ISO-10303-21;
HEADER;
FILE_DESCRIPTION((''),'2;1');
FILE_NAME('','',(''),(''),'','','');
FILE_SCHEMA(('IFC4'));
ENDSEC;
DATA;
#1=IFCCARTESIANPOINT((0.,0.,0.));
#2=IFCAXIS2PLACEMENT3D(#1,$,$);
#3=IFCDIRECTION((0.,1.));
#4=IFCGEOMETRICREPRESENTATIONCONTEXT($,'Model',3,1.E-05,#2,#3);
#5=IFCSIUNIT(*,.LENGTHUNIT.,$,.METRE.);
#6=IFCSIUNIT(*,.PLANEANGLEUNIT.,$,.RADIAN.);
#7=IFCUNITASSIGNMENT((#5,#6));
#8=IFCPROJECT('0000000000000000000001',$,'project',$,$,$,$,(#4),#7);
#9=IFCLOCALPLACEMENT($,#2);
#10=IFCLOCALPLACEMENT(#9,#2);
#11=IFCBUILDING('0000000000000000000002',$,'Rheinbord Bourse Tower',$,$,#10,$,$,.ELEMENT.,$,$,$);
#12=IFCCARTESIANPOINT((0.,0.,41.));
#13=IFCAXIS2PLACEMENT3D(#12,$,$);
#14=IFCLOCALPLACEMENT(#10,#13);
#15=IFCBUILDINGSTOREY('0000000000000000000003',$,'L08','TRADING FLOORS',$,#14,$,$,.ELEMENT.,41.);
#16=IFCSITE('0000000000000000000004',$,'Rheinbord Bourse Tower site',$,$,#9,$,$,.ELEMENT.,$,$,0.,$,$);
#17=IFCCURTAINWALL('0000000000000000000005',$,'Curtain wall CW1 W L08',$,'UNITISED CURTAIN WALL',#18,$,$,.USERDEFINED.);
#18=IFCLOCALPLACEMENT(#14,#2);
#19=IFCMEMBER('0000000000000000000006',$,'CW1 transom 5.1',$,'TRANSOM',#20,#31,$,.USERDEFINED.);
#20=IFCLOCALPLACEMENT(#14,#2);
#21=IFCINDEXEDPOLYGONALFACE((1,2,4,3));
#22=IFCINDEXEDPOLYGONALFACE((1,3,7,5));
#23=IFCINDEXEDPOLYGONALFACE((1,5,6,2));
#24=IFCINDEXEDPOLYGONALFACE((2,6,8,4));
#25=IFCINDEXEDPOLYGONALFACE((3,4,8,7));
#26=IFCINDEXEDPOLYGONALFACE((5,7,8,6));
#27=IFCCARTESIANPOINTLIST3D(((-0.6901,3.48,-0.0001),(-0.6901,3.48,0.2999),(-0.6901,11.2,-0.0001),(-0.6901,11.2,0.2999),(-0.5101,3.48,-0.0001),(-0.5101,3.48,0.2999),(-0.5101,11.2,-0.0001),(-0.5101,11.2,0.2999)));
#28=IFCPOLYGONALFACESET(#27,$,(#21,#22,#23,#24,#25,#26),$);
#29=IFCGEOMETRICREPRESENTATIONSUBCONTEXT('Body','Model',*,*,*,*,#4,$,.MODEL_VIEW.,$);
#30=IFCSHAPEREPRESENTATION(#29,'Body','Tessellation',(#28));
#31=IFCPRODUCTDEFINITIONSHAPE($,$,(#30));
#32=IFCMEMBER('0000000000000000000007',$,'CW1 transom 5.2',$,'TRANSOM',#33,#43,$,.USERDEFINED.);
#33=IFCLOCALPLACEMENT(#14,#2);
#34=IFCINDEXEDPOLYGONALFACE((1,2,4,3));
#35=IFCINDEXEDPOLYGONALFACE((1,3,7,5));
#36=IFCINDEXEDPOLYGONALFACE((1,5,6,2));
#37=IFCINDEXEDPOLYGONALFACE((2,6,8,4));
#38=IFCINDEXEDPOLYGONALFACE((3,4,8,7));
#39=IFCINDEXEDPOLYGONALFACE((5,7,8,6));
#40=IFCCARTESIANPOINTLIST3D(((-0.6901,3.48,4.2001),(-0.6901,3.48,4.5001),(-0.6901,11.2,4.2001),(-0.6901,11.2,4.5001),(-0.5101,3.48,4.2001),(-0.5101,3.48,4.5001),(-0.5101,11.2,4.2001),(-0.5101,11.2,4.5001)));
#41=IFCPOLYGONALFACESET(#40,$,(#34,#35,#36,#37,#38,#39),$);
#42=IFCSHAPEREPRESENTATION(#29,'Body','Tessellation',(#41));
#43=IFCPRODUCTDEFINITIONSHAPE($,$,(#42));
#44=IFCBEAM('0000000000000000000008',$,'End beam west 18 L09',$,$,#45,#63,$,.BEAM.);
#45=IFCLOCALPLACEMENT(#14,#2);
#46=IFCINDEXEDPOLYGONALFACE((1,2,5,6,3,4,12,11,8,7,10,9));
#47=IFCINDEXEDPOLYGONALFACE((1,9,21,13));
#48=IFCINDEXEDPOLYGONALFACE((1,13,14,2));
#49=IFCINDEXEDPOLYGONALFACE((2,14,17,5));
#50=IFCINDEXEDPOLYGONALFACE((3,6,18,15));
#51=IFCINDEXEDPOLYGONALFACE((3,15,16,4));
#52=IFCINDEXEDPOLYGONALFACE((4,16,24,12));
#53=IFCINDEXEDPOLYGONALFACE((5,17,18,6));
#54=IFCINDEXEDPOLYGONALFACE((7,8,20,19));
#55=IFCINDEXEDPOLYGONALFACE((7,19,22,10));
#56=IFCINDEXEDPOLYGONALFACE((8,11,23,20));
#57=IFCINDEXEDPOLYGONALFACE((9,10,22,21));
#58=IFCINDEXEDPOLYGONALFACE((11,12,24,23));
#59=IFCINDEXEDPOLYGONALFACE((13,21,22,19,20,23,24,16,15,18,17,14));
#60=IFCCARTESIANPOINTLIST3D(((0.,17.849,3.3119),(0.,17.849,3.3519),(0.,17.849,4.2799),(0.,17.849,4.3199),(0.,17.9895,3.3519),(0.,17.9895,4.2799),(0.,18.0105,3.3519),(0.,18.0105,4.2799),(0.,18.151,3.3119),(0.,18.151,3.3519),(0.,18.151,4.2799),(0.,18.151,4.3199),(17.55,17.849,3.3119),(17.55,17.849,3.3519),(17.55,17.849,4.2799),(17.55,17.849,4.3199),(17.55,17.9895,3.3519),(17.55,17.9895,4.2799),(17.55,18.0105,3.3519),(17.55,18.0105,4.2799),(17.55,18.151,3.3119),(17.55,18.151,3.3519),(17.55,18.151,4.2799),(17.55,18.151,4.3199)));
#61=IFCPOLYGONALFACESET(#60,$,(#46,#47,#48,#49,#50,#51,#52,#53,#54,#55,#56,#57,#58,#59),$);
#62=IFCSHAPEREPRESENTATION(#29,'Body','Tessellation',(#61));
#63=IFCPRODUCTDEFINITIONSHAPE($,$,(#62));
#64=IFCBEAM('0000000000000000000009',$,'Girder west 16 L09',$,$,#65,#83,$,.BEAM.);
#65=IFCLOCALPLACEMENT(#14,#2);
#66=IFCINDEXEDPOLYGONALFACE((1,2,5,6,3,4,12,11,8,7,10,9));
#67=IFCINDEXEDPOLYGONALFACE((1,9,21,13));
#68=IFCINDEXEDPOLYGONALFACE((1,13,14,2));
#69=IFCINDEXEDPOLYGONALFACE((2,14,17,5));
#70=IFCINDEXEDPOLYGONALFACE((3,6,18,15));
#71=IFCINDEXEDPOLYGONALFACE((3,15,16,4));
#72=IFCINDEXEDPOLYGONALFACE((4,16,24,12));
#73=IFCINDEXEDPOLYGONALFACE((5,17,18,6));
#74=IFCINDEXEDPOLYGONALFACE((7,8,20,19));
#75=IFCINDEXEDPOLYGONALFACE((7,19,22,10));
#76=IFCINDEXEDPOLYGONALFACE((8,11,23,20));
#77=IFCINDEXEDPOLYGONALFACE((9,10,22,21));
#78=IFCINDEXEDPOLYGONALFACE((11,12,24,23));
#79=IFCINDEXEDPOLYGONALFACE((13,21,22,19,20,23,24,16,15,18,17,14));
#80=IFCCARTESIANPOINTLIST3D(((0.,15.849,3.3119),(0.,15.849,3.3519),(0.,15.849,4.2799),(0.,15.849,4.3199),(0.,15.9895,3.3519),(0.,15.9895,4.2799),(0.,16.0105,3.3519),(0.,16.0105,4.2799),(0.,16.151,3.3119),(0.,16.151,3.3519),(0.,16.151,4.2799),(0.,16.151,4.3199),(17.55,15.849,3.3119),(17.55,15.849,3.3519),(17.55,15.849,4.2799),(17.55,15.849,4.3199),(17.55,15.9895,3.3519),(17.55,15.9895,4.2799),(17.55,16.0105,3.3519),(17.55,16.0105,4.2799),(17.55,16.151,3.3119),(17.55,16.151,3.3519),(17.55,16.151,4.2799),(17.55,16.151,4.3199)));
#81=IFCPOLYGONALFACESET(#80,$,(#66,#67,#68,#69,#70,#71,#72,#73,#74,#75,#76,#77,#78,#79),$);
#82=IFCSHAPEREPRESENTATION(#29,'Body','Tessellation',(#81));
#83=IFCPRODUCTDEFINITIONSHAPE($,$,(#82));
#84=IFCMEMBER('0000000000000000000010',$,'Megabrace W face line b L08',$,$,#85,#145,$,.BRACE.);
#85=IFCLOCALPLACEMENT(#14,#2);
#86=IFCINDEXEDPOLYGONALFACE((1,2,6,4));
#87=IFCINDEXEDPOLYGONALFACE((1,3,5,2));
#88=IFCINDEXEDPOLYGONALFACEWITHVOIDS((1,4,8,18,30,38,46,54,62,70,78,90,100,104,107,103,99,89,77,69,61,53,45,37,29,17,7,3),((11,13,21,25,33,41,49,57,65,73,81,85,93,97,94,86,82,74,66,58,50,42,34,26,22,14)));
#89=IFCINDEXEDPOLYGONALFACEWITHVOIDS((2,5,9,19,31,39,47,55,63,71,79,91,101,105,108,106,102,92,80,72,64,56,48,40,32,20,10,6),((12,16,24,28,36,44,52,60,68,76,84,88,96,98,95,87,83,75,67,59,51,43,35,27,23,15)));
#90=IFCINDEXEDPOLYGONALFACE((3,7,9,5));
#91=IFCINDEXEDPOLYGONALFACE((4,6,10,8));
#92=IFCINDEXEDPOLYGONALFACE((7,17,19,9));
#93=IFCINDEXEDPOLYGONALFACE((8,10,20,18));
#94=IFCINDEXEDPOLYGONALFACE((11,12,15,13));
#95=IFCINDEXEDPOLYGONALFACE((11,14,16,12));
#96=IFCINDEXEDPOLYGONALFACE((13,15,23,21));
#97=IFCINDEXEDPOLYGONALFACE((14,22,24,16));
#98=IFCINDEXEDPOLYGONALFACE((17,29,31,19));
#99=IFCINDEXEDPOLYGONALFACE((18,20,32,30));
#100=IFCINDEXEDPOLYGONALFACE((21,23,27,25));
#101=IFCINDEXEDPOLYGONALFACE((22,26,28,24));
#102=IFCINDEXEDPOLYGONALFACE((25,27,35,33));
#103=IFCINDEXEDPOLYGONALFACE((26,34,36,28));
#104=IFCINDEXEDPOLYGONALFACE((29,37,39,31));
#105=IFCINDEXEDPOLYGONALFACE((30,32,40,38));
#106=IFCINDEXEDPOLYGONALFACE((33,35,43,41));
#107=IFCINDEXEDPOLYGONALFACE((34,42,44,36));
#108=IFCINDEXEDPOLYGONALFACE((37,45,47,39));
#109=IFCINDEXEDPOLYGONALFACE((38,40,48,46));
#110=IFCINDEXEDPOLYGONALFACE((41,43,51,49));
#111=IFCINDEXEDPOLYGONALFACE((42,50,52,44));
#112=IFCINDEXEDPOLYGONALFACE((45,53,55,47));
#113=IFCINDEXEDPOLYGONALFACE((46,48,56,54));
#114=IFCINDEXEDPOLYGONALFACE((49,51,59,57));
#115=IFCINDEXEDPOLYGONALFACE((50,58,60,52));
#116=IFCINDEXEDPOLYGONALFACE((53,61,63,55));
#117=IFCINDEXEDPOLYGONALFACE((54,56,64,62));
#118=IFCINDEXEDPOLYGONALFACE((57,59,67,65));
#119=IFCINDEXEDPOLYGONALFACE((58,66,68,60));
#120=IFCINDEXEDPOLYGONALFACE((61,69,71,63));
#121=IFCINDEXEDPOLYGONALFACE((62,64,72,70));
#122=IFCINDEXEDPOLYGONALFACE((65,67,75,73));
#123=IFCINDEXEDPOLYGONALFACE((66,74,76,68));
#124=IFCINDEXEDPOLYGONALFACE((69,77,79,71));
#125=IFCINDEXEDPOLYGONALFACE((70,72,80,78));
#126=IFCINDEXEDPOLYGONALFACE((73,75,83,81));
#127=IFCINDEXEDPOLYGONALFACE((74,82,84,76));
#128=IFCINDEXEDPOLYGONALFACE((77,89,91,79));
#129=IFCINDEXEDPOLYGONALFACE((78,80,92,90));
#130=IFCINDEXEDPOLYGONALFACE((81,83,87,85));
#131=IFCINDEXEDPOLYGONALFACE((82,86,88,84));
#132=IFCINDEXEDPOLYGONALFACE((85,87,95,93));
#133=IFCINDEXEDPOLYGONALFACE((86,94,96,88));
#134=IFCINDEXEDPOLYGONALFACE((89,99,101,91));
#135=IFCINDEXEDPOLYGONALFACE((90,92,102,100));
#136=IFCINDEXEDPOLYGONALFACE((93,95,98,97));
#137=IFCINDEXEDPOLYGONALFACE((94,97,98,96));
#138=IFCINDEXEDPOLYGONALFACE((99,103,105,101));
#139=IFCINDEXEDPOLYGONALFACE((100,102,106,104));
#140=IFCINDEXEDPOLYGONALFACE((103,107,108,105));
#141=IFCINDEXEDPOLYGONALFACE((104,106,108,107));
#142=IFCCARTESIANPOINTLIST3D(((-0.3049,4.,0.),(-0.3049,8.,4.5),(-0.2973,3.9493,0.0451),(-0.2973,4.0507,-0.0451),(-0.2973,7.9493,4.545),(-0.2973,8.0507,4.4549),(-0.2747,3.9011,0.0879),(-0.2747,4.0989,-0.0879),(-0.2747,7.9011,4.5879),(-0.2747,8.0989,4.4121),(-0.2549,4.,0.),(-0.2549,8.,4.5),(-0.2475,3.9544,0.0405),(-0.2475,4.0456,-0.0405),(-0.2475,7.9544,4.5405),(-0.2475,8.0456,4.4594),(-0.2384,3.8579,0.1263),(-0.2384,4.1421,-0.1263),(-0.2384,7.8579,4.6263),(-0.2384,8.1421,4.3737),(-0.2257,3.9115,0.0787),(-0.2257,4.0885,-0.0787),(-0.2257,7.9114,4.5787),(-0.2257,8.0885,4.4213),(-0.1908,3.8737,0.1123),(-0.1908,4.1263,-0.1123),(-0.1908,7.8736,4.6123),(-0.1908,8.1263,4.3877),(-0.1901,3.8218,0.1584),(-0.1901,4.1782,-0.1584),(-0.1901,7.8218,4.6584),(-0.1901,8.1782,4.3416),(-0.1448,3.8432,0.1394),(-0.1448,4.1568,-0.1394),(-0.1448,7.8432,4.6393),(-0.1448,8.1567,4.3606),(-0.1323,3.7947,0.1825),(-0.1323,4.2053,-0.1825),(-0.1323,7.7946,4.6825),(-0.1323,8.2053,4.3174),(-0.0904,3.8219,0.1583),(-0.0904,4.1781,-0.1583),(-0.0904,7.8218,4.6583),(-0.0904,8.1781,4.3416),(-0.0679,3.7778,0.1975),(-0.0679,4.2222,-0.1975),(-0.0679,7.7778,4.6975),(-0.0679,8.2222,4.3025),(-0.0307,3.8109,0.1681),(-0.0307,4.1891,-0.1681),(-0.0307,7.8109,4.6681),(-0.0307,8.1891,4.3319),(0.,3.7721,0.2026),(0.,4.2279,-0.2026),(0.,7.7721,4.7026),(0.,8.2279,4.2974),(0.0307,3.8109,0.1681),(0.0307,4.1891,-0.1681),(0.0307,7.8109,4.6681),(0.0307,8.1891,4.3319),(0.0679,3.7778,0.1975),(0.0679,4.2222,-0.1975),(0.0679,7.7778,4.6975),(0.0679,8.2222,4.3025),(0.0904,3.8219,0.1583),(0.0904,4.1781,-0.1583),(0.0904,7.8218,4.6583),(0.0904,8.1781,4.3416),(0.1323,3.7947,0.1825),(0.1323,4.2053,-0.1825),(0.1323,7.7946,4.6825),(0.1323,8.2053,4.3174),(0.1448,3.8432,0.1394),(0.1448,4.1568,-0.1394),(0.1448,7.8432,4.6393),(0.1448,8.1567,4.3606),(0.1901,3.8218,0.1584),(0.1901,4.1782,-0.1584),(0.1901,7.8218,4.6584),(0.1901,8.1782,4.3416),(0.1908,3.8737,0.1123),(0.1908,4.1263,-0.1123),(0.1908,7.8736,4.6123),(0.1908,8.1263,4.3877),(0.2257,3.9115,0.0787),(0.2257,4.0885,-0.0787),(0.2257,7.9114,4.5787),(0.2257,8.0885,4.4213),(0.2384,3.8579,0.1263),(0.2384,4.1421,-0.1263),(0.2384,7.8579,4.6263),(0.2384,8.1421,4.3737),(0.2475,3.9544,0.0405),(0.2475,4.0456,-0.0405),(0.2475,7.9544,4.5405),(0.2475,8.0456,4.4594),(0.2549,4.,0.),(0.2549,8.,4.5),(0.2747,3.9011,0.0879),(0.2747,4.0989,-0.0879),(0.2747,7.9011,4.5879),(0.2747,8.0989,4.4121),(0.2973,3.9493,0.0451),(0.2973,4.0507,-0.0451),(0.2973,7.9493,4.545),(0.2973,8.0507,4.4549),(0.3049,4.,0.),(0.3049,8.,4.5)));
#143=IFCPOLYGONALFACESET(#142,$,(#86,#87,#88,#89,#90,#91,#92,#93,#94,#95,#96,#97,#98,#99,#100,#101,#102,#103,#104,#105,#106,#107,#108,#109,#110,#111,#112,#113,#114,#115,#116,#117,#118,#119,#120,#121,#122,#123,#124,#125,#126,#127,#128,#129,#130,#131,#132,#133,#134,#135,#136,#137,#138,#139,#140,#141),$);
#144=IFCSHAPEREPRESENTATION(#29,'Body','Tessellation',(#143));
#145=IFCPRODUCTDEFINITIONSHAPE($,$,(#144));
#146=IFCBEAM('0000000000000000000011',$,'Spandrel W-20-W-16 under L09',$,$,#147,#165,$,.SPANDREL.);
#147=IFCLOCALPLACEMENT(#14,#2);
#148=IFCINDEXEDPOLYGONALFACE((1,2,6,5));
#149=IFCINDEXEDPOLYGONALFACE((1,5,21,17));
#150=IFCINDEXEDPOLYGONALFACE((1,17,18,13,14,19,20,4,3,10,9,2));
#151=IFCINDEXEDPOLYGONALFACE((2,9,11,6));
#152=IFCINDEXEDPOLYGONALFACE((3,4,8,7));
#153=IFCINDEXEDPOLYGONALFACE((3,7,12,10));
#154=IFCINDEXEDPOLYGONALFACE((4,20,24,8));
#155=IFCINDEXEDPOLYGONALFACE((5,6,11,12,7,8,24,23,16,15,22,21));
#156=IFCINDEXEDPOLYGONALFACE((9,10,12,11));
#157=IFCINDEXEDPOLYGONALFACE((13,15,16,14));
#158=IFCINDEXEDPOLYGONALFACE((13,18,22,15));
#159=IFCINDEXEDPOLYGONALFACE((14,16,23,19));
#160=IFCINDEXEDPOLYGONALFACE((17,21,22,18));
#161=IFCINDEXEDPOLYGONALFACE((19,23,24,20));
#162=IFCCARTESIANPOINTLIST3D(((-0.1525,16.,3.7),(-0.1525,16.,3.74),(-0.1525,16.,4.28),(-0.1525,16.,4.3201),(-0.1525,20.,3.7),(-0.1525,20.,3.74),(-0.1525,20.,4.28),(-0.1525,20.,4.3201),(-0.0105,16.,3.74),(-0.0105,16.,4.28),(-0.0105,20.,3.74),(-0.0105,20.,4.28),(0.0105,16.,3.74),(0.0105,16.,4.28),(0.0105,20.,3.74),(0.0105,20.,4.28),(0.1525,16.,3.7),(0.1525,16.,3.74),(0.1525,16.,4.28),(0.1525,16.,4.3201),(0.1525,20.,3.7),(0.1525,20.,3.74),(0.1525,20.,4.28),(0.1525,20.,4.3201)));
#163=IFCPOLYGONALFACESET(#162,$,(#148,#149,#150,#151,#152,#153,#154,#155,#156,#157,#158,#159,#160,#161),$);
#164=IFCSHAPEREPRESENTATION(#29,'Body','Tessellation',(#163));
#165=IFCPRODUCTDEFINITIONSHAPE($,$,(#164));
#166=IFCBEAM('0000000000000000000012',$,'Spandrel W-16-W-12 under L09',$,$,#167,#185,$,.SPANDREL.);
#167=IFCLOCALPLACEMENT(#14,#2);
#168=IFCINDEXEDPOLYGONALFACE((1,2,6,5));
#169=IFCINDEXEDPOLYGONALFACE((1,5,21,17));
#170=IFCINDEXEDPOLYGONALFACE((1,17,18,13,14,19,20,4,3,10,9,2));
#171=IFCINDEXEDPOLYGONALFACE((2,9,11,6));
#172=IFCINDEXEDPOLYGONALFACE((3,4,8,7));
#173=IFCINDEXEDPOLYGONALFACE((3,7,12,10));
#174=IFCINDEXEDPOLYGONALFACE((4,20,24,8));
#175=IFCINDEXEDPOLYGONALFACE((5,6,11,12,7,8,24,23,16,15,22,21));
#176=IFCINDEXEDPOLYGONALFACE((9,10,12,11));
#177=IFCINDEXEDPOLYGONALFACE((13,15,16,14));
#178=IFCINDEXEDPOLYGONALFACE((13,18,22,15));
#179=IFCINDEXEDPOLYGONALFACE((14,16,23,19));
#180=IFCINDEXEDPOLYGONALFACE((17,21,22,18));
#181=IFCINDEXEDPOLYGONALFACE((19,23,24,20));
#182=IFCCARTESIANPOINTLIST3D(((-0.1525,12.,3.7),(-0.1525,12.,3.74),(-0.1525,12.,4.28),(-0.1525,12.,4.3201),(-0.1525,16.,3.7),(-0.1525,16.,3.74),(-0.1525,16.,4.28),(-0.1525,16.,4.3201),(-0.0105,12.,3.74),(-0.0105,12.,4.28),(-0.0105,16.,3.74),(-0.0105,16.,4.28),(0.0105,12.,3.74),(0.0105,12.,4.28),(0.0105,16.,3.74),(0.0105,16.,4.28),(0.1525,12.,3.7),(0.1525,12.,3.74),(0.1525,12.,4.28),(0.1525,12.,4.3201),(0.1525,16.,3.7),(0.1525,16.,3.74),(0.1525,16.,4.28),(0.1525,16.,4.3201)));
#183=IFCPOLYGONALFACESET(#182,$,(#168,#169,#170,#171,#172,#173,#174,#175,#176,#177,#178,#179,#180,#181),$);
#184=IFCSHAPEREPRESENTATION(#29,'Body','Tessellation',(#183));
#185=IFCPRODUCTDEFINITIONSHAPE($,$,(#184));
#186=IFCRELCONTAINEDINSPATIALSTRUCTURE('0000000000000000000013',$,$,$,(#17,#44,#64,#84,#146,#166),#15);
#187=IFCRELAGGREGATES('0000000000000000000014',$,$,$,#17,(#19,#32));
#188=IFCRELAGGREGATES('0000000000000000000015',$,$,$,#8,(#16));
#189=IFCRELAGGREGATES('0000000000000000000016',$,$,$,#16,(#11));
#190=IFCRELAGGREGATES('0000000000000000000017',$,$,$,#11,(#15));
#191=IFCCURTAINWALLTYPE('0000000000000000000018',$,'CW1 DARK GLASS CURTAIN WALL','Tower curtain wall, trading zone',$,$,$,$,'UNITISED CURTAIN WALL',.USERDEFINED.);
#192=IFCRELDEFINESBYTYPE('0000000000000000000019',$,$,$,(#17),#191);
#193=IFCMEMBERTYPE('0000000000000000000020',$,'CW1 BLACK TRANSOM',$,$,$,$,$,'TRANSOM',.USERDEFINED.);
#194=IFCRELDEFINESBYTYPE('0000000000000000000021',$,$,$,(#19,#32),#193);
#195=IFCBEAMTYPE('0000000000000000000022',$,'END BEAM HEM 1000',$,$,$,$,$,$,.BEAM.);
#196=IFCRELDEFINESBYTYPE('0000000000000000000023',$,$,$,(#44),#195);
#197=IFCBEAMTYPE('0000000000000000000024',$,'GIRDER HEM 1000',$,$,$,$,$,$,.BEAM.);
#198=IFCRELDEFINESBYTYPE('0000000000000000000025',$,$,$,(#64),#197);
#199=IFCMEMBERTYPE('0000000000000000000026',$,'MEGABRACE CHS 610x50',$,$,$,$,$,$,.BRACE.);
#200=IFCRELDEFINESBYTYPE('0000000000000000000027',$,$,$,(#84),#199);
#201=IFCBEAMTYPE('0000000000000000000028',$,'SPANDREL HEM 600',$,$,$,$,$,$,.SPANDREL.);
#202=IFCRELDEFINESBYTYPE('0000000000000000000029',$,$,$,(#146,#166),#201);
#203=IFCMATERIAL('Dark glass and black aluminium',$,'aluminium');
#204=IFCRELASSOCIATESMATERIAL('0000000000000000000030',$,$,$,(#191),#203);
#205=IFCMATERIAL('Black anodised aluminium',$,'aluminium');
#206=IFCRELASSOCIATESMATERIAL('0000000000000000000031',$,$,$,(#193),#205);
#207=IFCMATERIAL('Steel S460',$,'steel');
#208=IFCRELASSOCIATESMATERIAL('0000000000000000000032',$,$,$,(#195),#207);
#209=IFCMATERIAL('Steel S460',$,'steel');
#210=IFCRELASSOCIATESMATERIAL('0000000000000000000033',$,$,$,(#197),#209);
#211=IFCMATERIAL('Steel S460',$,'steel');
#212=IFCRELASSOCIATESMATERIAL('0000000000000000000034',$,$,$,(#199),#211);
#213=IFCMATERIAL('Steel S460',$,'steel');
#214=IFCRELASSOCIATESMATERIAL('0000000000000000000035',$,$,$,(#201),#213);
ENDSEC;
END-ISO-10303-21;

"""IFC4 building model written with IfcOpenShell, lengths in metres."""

from ifc_helpers import new_model, si_unit, direction, frame, origin, origin_2d, place, context, subcontext, project, spatial, rectangle, hollow_circle, i_section, extrude, material, material_profile, profile_set, type_object, element, aggregate, save


model = new_model("IFC4")

# Units and contexts
model_context = context("Model", 3, precision=1e-05, world=origin(), true_north=direction((0.0, 1.0)))
body_context = subcontext(model_context, "Body", "Model", "MODEL_VIEW")
ifc_project = project(units=[si_unit("LENGTHUNIT", "METRE"), si_unit("PLANEANGLEUNIT", "RADIAN")], contexts=[model_context])

# Site, building, storey
site_placement = place(None, origin())
site = spatial("IfcSite", under=ifc_project, at=site_placement, Name="Rheinbord Bourse Tower site", CompositionType="ELEMENT", RefElevation=0.0)
building_placement = place(site_placement, origin())
building = spatial("IfcBuilding", under=site, at=building_placement, Name="Rheinbord Bourse Tower", CompositionType="ELEMENT")
storey_placement = place(building_placement, frame((0.0, 0.0, 41.0)))
storey = spatial("IfcBuildingStorey", under=building, at=storey_placement, Name="L08", Description="TRADING FLOORS", CompositionType="ELEMENT", Elevation=41.0)

# Curtain wall, members
ifc_material_1 = material(Name="Dark glass and black aluminium", Category="aluminium")
curtain_wall_type = type_object("IfcCurtainWallType", Name="CW1 DARK GLASS CURTAIN WALL", Description="Tower curtain wall, trading zone", ElementType="UNITISED CURTAIN WALL", PredefinedType="USERDEFINED", material=ifc_material_1)
curtain_wall_placement = place(storey_placement, origin())
curtain_wall = element("IfcCurtainWall", 1, at=curtain_wall_placement, inside=storey, type_object=curtain_wall_type, Name="Curtain wall CW1 W L08", ObjectType="UNITISED CURTAIN WALL", PredefinedType="USERDEFINED")
ifc_material_2 = material(Name="Black anodised aluminium", Category="aluminium")
ifc_material_profile_1 = material_profile(ifc_material_2, rectangle(XDim=0.1799, YDim=0.3, at=origin_2d()), Name="CW1 TRANSOM 300x180")
ifc_profile_set_1 = profile_set([ifc_material_profile_1], Name="Black anodised aluminium")
member_type_1 = type_object("IfcMemberType", Name="CW1 BLACK TRANSOM", ElementType="TRANSOM", PredefinedType="USERDEFINED", material=ifc_profile_set_1)
member_1_placement = place(storey_placement, frame((-0.6001, 11.2, 0.1499), z_axis=(0.0, -1.0, 0.0), x_axis=(1.0, 0.0, 0.0)))
member_1 = element("IfcMember", 2, at=member_1_placement, type_object=member_type_1, Name="CW1 transom 5.1", ObjectType="TRANSOM", PredefinedType="USERDEFINED", context=body_context, shape_type="SweptSolid", body=[
    extrude(rectangle(XDim=0.1799, YDim=0.3, at=origin_2d()), origin(), (0.0, 0.0, 1.0), 7.72),
])
member_2_placement = place(storey_placement, frame((-0.6001, 11.2, 4.3501), z_axis=(0.0, -1.0, 0.0), x_axis=(1.0, 0.0, 0.0)))
member_2 = element("IfcMember", 3, at=member_2_placement, type_object=member_type_1, Name="CW1 transom 5.2", ObjectType="TRANSOM", PredefinedType="USERDEFINED", context=body_context, shape_type="SweptSolid", body=[
    extrude(rectangle(XDim=0.1799, YDim=0.3, at=origin_2d()), origin(), (0.0, 0.0, 1.0), 7.72),
])

# Beams
ifc_material_3 = material(Name="Steel S460", Category="steel")
ifc_material_profile_2 = material_profile(ifc_material_3, i_section(OverallWidth=0.302, OverallDepth=1.0081, WebThickness=0.021, FlangeThickness=0.04, at=origin_2d()), Name="HEM 1000")
ifc_profile_set_2 = profile_set([ifc_material_profile_2], Name="Steel S460")
beam_type_1 = type_object("IfcBeamType", Name="END BEAM HEM 1000", PredefinedType="BEAM", material=ifc_profile_set_2)
beam_1_placement = place(storey_placement, frame((0.0, 18.0, 3.8159), z_axis=(1.0, 0.0, 0.0), x_axis=(0.0, 1.0, 0.0)))
element("IfcBeam", 4, at=beam_1_placement, inside=storey, type_object=beam_type_1, Name="End beam west 18 L09", PredefinedType="BEAM", context=body_context, shape_type="SweptSolid", body=[
    extrude(i_section(OverallWidth=0.302, OverallDepth=1.0081, WebThickness=0.021, FlangeThickness=0.04, at=origin_2d()), origin(), (0.0, 0.0, 1.0), 17.55),
])
ifc_material_4 = material(Name="Steel S460", Category="steel")
ifc_material_profile_3 = material_profile(ifc_material_4, i_section(OverallWidth=0.302, OverallDepth=1.0081, WebThickness=0.021, FlangeThickness=0.04, at=origin_2d()), Name="HEM 1000")
ifc_profile_set_3 = profile_set([ifc_material_profile_3], Name="Steel S460")
beam_type_2 = type_object("IfcBeamType", Name="GIRDER HEM 1000", PredefinedType="BEAM", material=ifc_profile_set_3)
beam_2_placement = place(storey_placement, frame((0.0, 16.0, 3.8159), z_axis=(1.0, 0.0, 0.0), x_axis=(0.0, 1.0, 0.0)))
element("IfcBeam", 5, at=beam_2_placement, inside=storey, type_object=beam_type_2, Name="Girder west 16 L09", PredefinedType="BEAM", context=body_context, shape_type="SweptSolid", body=[
    extrude(i_section(OverallWidth=0.302, OverallDepth=1.0081, WebThickness=0.021, FlangeThickness=0.04, at=origin_2d()), origin(), (0.0, 0.0, 1.0), 17.55),
])

# Member
ifc_material_5 = material(Name="Steel S460", Category="steel")
ifc_material_profile_4 = material_profile(ifc_material_5, hollow_circle(Radius=0.3049, WallThickness=0.05, at=origin_2d()), Name="CHS 610x50")
ifc_profile_set_4 = profile_set([ifc_material_profile_4], Name="Steel S460")
member_type_2 = type_object("IfcMemberType", Name="MEGABRACE CHS 610x50", PredefinedType="BRACE", material=ifc_profile_set_4)
member_3_placement = place(storey_placement, frame((0.0, 4.0, 0.0), z_axis=(0.0, 0.664364, 0.747409), x_axis=(-1.0, 0.0, 0.0)))
element("IfcMember", 6, at=member_3_placement, inside=storey, type_object=member_type_2, Name="Megabrace W face line b L08", PredefinedType="BRACE", context=body_context, shape_type="SweptSolid", body=[
    extrude(hollow_circle(Radius=0.3049, WallThickness=0.05, at=origin_2d()), origin(), (0.0, 0.0, 1.0), 6.0208),
])

# Beams
ifc_material_6 = material(Name="Steel S460", Category="steel")
ifc_material_profile_5 = material_profile(ifc_material_6, i_section(OverallWidth=0.3049, OverallDepth=0.6201, WebThickness=0.021, FlangeThickness=0.04, at=origin_2d()), Name="HEM 600")
ifc_profile_set_5 = profile_set([ifc_material_profile_5], Name="Steel S460")
beam_type_3 = type_object("IfcBeamType", Name="SPANDREL HEM 600", PredefinedType="SPANDREL", material=ifc_profile_set_5)
for number, where, z_axis, x_axis, name in (
    (7, (0.0, 20.0, 4.01), (0.0, -1.0, 0.0), (1.0, 0.0, 0.0), "Spandrel W-20-W-16 under L09"),
    (8, (0.0, 16.0, 4.01), (0.0, -1.0, 0.0), (1.0, 0.0, 0.0), "Spandrel W-16-W-12 under L09"),
):
    element("IfcBeam", number, at=place(storey_placement, frame(where, z_axis=z_axis, x_axis=x_axis)), inside=storey, type_object=beam_type_3, Name=name, PredefinedType="SPANDREL", context=body_context, shape_type="SweptSolid", body=[
        extrude(i_section(OverallWidth=0.3049, OverallDepth=0.6201, WebThickness=0.021, FlangeThickness=0.04, at=origin_2d()), origin(), (0.0, 0.0, 1.0), 4.0),
    ])

aggregate(curtain_wall, [member_1, member_2])

save(model, "model.ifc")
